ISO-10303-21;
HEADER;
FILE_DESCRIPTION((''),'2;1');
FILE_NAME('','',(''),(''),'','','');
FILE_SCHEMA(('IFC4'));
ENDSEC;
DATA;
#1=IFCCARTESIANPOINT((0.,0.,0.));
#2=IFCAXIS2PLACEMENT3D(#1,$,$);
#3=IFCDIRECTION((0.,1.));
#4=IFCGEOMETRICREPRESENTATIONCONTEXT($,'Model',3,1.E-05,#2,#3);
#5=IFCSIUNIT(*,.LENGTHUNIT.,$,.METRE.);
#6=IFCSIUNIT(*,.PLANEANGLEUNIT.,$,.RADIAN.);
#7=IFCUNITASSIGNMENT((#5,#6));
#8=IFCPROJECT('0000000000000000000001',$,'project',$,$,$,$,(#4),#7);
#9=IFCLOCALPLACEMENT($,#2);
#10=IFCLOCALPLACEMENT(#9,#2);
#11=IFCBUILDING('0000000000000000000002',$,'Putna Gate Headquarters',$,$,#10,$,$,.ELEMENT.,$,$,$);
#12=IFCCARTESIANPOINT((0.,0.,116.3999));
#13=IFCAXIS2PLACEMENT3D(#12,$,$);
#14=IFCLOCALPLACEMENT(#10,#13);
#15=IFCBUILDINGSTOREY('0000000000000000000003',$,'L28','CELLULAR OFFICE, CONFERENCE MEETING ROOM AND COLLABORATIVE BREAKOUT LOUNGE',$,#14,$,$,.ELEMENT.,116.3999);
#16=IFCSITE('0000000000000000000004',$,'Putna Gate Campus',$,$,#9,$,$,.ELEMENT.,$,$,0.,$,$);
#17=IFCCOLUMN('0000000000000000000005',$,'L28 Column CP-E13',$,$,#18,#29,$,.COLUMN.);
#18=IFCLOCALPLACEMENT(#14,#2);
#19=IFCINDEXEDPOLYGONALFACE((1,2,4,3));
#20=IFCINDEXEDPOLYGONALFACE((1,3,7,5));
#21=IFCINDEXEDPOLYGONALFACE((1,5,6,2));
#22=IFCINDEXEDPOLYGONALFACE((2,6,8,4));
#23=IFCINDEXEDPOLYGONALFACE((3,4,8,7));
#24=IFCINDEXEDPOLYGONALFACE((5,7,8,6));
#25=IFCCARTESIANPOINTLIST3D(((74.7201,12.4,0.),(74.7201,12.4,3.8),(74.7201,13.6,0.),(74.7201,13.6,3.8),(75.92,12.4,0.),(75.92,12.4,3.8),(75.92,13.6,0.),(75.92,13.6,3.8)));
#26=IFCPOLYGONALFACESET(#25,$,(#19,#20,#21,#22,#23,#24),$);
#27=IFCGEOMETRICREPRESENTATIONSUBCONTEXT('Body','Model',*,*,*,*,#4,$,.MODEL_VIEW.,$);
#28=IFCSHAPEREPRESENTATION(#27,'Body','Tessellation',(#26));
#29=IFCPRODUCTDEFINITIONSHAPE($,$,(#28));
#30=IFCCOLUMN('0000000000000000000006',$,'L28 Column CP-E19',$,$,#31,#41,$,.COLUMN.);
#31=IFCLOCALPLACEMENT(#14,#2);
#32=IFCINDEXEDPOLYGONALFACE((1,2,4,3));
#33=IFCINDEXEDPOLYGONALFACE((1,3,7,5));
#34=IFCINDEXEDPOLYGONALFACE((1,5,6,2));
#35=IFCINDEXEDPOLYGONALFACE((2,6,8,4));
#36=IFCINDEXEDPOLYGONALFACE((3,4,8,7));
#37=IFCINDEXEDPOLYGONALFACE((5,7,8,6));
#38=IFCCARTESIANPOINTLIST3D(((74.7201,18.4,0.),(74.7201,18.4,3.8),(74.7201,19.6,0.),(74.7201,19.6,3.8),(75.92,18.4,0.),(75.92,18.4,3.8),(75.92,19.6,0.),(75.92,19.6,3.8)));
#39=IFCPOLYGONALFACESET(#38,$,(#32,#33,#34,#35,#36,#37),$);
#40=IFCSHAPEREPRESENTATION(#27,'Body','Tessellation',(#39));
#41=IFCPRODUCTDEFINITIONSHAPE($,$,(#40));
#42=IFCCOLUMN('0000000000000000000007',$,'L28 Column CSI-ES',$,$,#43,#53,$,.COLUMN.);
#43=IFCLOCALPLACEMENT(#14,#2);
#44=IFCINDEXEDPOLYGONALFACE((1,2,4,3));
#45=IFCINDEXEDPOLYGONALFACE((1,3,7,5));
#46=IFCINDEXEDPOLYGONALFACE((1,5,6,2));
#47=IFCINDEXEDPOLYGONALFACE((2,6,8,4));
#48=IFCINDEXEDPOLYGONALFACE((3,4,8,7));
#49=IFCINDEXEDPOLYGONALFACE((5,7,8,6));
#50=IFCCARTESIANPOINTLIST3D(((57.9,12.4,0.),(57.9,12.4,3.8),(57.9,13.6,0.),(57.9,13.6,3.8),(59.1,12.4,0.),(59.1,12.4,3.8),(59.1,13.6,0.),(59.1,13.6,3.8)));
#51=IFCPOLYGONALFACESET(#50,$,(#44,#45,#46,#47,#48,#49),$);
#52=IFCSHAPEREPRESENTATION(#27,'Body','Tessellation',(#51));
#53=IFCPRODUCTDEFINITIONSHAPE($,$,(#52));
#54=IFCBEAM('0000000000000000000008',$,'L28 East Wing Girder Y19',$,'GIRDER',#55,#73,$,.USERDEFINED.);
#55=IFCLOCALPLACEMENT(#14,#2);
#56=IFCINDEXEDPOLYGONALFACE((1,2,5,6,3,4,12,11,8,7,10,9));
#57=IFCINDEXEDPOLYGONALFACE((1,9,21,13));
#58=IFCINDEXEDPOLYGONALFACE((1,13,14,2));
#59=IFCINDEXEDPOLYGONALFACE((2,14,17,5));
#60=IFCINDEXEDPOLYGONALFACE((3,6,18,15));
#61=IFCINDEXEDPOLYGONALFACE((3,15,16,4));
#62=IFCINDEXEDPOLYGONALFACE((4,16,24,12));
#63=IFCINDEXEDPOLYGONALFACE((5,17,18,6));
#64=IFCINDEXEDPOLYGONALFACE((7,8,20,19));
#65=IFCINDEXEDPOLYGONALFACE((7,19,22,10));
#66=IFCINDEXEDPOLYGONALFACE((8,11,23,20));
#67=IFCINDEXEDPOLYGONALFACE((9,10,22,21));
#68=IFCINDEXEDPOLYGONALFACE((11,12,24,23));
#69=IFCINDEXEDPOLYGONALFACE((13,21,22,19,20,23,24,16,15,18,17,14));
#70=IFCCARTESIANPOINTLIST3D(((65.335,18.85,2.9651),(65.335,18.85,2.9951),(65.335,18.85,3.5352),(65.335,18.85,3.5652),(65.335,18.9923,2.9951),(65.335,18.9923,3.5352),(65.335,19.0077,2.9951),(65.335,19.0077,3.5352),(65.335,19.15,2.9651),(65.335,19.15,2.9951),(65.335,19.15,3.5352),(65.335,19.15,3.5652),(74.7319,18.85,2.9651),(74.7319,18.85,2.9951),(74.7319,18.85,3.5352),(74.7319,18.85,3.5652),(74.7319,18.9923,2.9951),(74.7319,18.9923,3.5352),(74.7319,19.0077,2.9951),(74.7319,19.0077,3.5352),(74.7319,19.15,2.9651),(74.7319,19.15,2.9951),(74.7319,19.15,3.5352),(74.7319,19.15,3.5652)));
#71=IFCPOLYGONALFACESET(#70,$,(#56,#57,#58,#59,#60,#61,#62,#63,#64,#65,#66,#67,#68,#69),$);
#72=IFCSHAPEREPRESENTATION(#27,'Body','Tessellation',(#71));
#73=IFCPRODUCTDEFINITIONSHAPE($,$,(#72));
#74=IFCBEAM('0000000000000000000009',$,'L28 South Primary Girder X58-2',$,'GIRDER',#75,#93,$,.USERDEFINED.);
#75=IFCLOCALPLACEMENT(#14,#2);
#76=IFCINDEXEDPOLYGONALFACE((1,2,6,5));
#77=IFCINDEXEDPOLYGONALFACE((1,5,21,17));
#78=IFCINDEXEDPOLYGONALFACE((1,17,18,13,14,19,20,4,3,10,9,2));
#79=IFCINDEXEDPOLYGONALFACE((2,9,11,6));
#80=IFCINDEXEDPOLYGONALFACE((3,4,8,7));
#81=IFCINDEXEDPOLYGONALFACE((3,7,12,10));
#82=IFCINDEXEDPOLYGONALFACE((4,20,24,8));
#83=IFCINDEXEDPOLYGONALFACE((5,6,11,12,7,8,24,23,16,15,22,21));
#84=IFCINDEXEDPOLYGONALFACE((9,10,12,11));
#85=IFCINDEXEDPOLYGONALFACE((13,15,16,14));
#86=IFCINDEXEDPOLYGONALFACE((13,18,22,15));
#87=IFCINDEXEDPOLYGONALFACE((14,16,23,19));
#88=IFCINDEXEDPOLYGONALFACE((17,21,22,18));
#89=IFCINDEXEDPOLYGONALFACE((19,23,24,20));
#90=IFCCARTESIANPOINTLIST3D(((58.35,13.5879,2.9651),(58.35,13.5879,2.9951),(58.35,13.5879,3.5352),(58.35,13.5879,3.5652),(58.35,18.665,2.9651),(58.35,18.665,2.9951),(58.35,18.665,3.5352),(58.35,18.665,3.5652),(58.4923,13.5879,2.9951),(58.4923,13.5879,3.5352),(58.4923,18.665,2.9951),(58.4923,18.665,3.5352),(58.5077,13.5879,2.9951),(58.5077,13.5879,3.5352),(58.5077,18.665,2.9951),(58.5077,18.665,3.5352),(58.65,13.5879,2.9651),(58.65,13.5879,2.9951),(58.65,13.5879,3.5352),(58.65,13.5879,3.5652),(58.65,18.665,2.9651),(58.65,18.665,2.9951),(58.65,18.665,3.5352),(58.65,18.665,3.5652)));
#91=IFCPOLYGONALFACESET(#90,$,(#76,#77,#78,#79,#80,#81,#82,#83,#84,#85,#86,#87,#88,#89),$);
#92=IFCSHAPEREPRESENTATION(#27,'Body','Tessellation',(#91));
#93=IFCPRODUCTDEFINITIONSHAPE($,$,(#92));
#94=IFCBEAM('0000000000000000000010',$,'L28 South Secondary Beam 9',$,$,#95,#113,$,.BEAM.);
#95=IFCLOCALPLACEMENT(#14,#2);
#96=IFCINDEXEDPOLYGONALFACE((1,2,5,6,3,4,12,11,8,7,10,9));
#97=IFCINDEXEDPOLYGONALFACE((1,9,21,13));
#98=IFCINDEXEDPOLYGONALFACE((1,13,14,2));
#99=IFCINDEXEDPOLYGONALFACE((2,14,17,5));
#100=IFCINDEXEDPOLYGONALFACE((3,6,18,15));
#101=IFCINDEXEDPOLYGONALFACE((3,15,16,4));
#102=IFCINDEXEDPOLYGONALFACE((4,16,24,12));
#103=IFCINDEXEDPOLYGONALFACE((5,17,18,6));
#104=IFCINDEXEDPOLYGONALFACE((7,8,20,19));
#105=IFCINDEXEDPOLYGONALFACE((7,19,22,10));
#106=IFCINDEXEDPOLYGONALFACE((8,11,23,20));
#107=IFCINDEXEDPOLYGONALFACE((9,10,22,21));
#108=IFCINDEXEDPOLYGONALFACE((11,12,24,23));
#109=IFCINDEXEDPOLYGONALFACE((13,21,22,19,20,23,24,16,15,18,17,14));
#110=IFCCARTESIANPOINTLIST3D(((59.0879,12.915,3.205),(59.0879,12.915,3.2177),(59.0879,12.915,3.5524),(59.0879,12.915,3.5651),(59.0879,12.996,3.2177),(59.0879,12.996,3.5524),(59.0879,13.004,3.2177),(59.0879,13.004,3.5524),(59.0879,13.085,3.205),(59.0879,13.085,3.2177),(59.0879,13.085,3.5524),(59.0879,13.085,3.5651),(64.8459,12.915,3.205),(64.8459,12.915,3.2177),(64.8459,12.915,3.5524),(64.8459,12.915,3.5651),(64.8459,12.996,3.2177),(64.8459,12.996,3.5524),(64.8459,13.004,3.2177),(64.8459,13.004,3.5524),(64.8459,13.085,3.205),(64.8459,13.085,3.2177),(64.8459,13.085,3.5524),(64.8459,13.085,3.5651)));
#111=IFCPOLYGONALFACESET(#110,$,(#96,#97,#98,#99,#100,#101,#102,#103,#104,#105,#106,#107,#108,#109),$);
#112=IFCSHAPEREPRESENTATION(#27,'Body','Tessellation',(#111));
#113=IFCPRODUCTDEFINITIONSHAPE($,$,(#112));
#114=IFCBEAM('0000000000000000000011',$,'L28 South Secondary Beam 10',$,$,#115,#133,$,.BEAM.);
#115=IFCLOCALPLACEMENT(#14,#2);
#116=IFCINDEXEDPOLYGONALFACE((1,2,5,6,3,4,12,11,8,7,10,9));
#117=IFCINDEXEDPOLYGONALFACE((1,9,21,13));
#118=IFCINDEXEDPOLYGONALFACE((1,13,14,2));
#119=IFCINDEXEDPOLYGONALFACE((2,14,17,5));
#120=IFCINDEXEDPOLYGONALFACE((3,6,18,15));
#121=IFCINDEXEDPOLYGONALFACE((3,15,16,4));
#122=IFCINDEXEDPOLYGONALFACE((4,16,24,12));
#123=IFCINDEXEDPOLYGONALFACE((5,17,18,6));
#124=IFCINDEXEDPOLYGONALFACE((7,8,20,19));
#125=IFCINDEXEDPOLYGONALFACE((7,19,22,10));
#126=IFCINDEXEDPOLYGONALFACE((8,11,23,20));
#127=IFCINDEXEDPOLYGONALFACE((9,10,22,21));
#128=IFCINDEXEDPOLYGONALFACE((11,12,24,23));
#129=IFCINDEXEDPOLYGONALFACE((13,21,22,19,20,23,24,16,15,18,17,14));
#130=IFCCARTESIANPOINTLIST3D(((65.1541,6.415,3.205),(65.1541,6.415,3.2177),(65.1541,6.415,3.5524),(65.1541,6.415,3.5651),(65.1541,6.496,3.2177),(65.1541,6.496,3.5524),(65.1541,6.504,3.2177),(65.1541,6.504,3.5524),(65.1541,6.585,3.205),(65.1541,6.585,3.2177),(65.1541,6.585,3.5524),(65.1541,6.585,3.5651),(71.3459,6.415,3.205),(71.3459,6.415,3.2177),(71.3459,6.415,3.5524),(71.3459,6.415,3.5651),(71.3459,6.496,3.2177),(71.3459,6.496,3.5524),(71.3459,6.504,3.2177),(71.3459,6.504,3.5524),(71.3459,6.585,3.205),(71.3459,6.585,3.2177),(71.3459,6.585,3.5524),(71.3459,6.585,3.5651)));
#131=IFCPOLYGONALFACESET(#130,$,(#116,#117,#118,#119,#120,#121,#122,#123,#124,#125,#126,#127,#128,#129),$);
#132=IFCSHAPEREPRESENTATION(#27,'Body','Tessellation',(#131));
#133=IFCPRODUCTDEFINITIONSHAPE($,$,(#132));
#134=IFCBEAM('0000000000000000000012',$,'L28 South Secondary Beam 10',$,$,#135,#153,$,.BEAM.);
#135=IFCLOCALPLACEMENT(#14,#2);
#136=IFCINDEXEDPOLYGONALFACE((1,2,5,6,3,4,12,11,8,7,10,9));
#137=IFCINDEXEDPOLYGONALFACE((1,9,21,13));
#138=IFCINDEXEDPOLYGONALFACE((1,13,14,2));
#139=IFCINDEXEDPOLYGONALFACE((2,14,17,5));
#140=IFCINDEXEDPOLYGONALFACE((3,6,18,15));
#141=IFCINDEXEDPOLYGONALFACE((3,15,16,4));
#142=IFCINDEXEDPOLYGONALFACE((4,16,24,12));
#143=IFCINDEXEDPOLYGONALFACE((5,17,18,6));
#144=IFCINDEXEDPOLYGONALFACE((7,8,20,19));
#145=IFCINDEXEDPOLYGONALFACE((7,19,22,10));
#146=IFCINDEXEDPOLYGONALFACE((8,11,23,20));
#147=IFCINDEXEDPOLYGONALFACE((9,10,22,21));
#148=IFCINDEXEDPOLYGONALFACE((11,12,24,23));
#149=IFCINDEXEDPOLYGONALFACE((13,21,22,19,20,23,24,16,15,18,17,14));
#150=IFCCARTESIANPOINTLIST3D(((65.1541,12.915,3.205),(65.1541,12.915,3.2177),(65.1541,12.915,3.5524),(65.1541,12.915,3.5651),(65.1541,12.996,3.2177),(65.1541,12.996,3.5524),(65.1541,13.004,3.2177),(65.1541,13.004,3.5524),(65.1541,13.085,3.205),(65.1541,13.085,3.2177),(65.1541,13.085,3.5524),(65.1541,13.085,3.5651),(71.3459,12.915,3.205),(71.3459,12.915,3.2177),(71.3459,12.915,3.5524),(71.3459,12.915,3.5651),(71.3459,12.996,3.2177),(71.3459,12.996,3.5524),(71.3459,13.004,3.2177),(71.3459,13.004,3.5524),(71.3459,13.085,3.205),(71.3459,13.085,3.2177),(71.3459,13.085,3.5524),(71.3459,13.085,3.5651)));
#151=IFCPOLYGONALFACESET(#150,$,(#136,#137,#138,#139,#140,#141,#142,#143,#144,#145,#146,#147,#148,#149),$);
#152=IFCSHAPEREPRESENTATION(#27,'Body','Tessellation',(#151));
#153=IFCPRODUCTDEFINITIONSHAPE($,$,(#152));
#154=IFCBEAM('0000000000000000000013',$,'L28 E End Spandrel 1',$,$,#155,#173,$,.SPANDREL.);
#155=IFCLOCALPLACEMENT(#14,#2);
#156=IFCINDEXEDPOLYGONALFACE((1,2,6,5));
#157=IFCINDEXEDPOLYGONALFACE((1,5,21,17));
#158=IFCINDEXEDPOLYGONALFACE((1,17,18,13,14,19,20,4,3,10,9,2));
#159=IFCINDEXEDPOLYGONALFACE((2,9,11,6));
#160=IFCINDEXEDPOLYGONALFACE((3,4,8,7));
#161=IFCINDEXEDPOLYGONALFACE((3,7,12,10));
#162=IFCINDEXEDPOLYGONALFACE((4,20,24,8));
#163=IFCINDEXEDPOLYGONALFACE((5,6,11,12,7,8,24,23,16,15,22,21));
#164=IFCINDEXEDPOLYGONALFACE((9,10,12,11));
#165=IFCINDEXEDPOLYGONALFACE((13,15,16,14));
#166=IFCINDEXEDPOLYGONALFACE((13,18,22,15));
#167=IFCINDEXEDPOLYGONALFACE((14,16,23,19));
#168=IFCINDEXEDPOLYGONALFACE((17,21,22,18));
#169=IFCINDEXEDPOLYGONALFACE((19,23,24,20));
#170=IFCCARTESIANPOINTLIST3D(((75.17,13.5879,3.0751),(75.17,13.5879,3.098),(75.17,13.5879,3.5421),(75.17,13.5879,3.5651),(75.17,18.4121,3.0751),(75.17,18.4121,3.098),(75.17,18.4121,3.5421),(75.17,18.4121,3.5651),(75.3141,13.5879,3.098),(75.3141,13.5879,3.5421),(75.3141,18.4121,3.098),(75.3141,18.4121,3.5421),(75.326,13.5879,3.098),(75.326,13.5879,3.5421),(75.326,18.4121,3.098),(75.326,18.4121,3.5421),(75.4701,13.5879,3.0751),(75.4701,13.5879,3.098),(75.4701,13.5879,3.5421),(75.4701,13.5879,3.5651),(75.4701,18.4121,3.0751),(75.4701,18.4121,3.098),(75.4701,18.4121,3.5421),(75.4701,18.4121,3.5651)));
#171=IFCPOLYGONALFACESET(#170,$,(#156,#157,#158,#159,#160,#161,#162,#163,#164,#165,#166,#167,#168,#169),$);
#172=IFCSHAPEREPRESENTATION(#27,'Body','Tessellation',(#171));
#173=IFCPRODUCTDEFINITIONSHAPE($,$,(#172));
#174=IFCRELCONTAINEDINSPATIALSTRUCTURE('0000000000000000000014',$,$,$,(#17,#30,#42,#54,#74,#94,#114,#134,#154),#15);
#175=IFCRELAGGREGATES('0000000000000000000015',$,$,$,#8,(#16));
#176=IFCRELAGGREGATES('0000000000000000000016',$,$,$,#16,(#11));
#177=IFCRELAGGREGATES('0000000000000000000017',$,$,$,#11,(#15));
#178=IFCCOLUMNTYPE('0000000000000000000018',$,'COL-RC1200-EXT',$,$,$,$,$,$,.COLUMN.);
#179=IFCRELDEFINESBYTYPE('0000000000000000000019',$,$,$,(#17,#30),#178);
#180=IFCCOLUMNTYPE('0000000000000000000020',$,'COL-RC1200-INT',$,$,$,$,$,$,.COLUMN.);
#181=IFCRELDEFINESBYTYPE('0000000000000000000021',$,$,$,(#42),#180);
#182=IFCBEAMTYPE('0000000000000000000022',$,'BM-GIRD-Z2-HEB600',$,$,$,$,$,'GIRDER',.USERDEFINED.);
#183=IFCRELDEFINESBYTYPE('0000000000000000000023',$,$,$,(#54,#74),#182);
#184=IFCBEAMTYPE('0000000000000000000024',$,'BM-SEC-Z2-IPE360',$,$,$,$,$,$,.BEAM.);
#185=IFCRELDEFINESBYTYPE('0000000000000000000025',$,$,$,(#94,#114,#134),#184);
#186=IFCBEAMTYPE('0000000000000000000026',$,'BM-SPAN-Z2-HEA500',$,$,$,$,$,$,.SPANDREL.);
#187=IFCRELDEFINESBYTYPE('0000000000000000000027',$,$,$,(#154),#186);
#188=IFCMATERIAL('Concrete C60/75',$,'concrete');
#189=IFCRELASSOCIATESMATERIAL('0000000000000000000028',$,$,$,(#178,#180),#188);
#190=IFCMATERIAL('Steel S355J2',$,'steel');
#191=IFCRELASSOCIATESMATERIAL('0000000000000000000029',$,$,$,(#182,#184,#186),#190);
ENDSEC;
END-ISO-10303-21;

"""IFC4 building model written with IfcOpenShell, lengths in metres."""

from ifc_helpers import new_model, si_unit, direction, frame, origin, origin_2d, place, context, subcontext, project, spatial, rectangle, i_section, extrude, material, material_profile, profile_set, type_object, element, save


model = new_model("IFC4")

# Units and contexts
model_context = context("Model", 3, precision=1e-05, world=origin(), true_north=direction((0.0, 1.0)))
body_context = subcontext(model_context, "Body", "Model", "MODEL_VIEW")
ifc_project = project(units=[si_unit("LENGTHUNIT", "METRE"), si_unit("PLANEANGLEUNIT", "RADIAN")], contexts=[model_context])

# Site, building, storey
site_placement = place(None, origin())
site = spatial("IfcSite", under=ifc_project, at=site_placement, Name="Putna Gate Campus", CompositionType="ELEMENT", RefElevation=0.0)
building_placement = place(site_placement, origin())
building = spatial("IfcBuilding", under=site, at=building_placement, Name="Putna Gate Headquarters", CompositionType="ELEMENT")
storey_placement = place(building_placement, frame((0.0, 0.0, 116.3999)))
storey = spatial("IfcBuildingStorey", under=building, at=storey_placement, Name="L28", Description="CELLULAR OFFICE, CONFERENCE MEETING ROOM AND COLLABORATIVE BREAKOUT LOUNGE", CompositionType="ELEMENT", Elevation=116.3999)

# Columns
ifc_material_1 = material(Name="Concrete C60/75", Category="concrete")
ifc_material_profile_1 = material_profile(ifc_material_1, rectangle(XDim=1.2, YDim=1.2, at=origin_2d()), Name="Concrete C60/75")
ifc_profile_set_1 = profile_set([ifc_material_profile_1], Name="Concrete C60/75")
column_type_1 = type_object("IfcColumnType", Name="COL-RC1200-EXT", PredefinedType="COLUMN", material=ifc_profile_set_1)
for number, where, z_axis, x_axis, name in (
    (1, (75.3201, 13.0, 0.0), (0.0, 0.0, 1.0), (1.0, 0.0, 0.0), "L28 Column CP-E13"),
    (2, (75.3201, 19.0, 0.0), (0.0, 0.0, 1.0), (1.0, 0.0, 0.0), "L28 Column CP-E19"),
):
    element("IfcColumn", number, at=place(storey_placement, frame(where, z_axis=z_axis, x_axis=x_axis)), inside=storey, type_object=column_type_1, Name=name, PredefinedType="COLUMN", context=body_context, shape_type="SweptSolid", body=[
        extrude(rectangle(XDim=1.2, YDim=1.2, at=origin_2d()), origin(), (0.0, 0.0, 1.0), 3.8),
    ])
ifc_material_profile_2 = material_profile(ifc_material_1, rectangle(XDim=1.2, YDim=1.2, at=origin_2d()), Name="Concrete C60/75")
ifc_profile_set_2 = profile_set([ifc_material_profile_2], Name="Concrete C60/75")
column_type_2 = type_object("IfcColumnType", Name="COL-RC1200-INT", PredefinedType="COLUMN", material=ifc_profile_set_2)
column_placement = place(storey_placement, frame((58.5, 13.0, 0.0), z_axis=(0.0, 0.0, 1.0), x_axis=(1.0, 0.0, 0.0)))
element("IfcColumn", 3, at=column_placement, inside=storey, type_object=column_type_2, Name="L28 Column CSI-ES", PredefinedType="COLUMN", context=body_context, shape_type="SweptSolid", body=[
    extrude(rectangle(XDim=1.2, YDim=1.2, at=origin_2d()), origin(), (0.0, 0.0, 1.0), 3.8),
])

# Beams
ifc_material_2 = material(Name="Steel S355J2", Category="steel")
ifc_material_profile_3 = material_profile(ifc_material_2, i_section(OverallWidth=0.3, OverallDepth=0.6001, WebThickness=0.0154, FlangeThickness=0.03, at=origin_2d()), Name="Steel S355J2")
ifc_profile_set_3 = profile_set([ifc_material_profile_3], Name="Steel S355J2")
beam_type_1 = type_object("IfcBeamType", Name="BM-GIRD-Z2-HEB600", ElementType="GIRDER", PredefinedType="USERDEFINED", material=ifc_profile_set_3)
beam_1_placement = place(storey_placement, frame((65.335, 19.0, 3.2651), z_axis=(1.0, 0.0, 0.0), x_axis=(0.0, 1.0, 0.0)))
element("IfcBeam", 4, at=beam_1_placement, inside=storey, type_object=beam_type_1, Name="L28 East Wing Girder Y19", ObjectType="GIRDER", PredefinedType="USERDEFINED", context=body_context, shape_type="SweptSolid", body=[
    extrude(i_section(OverallWidth=0.3, OverallDepth=0.6001, WebThickness=0.0154, FlangeThickness=0.03, at=origin_2d()), origin(), (0.0, 0.0, 1.0), 9.397),
])
beam_2_placement = place(storey_placement, frame((58.5, 13.5879, 3.2651), z_axis=(0.0, 1.0, 0.0), x_axis=(-1.0, 0.0, 0.0)))
element("IfcBeam", 5, at=beam_2_placement, inside=storey, type_object=beam_type_1, Name="L28 South Primary Girder X58-2", ObjectType="GIRDER", PredefinedType="USERDEFINED", context=body_context, shape_type="SweptSolid", body=[
    extrude(i_section(OverallWidth=0.3, OverallDepth=0.6001, WebThickness=0.0154, FlangeThickness=0.03, at=origin_2d()), origin(), (0.0, 0.0, 1.0), 5.0771),
])
ifc_material_profile_4 = material_profile(ifc_material_2, i_section(OverallWidth=0.1699, OverallDepth=0.3601, WebThickness=0.0081, FlangeThickness=0.0127, at=origin_2d()), Name="Steel S355J2")
ifc_profile_set_4 = profile_set([ifc_material_profile_4], Name="Steel S355J2")
beam_type_2 = type_object("IfcBeamType", Name="BM-SEC-Z2-IPE360", PredefinedType="BEAM", material=ifc_profile_set_4)
beam_3_placement = place(storey_placement, frame((59.0879, 13.0, 3.385), z_axis=(1.0, 0.0, 0.0), x_axis=(0.0, 1.0, 0.0)))
element("IfcBeam", 6, at=beam_3_placement, inside=storey, type_object=beam_type_2, Name="L28 South Secondary Beam 9", PredefinedType="BEAM", context=body_context, shape_type="SweptSolid", body=[
    extrude(i_section(OverallWidth=0.1699, OverallDepth=0.3601, WebThickness=0.0081, FlangeThickness=0.0127, at=origin_2d()), origin(), (0.0, 0.0, 1.0), 5.7581),
])
for number, where, z_axis, x_axis, name in (
    (7, (65.1541, 6.5, 3.385), (1.0, 0.0, 0.0), (0.0, 1.0, 0.0), "L28 South Secondary Beam 10"),
    (8, (65.1541, 13.0, 3.385), (1.0, 0.0, 0.0), (0.0, 1.0, 0.0), "L28 South Secondary Beam 10"),
):
    element("IfcBeam", number, at=place(storey_placement, frame(where, z_axis=z_axis, x_axis=x_axis)), inside=storey, type_object=beam_type_2, Name=name, PredefinedType="BEAM", context=body_context, shape_type="SweptSolid", body=[
        extrude(i_section(OverallWidth=0.1699, OverallDepth=0.3601, WebThickness=0.0081, FlangeThickness=0.0127, at=origin_2d()), origin(), (0.0, 0.0, 1.0), 6.1919),
    ])
ifc_material_profile_5 = material_profile(ifc_material_2, i_section(OverallWidth=0.3, OverallDepth=0.49, WebThickness=0.012, FlangeThickness=0.0229, at=origin_2d()), Name="Steel S355J2")
ifc_profile_set_5 = profile_set([ifc_material_profile_5], Name="Steel S355J2")
beam_type_3 = type_object("IfcBeamType", Name="BM-SPAN-Z2-HEA500", PredefinedType="SPANDREL", material=ifc_profile_set_5)
beam_4_placement = place(storey_placement, frame((75.3201, 13.5879, 3.3201), z_axis=(0.0, 1.0, 0.0), x_axis=(-1.0, 0.0, 0.0)))
element("IfcBeam", 9, at=beam_4_placement, inside=storey, type_object=beam_type_3, Name="L28 E End Spandrel 1", PredefinedType="SPANDREL", context=body_context, shape_type="SweptSolid", body=[
    extrude(i_section(OverallWidth=0.3, OverallDepth=0.49, WebThickness=0.012, FlangeThickness=0.0229, at=origin_2d()), origin(), (0.0, 0.0, 1.0), 4.8242),
])

save(model, "model.ifc")
